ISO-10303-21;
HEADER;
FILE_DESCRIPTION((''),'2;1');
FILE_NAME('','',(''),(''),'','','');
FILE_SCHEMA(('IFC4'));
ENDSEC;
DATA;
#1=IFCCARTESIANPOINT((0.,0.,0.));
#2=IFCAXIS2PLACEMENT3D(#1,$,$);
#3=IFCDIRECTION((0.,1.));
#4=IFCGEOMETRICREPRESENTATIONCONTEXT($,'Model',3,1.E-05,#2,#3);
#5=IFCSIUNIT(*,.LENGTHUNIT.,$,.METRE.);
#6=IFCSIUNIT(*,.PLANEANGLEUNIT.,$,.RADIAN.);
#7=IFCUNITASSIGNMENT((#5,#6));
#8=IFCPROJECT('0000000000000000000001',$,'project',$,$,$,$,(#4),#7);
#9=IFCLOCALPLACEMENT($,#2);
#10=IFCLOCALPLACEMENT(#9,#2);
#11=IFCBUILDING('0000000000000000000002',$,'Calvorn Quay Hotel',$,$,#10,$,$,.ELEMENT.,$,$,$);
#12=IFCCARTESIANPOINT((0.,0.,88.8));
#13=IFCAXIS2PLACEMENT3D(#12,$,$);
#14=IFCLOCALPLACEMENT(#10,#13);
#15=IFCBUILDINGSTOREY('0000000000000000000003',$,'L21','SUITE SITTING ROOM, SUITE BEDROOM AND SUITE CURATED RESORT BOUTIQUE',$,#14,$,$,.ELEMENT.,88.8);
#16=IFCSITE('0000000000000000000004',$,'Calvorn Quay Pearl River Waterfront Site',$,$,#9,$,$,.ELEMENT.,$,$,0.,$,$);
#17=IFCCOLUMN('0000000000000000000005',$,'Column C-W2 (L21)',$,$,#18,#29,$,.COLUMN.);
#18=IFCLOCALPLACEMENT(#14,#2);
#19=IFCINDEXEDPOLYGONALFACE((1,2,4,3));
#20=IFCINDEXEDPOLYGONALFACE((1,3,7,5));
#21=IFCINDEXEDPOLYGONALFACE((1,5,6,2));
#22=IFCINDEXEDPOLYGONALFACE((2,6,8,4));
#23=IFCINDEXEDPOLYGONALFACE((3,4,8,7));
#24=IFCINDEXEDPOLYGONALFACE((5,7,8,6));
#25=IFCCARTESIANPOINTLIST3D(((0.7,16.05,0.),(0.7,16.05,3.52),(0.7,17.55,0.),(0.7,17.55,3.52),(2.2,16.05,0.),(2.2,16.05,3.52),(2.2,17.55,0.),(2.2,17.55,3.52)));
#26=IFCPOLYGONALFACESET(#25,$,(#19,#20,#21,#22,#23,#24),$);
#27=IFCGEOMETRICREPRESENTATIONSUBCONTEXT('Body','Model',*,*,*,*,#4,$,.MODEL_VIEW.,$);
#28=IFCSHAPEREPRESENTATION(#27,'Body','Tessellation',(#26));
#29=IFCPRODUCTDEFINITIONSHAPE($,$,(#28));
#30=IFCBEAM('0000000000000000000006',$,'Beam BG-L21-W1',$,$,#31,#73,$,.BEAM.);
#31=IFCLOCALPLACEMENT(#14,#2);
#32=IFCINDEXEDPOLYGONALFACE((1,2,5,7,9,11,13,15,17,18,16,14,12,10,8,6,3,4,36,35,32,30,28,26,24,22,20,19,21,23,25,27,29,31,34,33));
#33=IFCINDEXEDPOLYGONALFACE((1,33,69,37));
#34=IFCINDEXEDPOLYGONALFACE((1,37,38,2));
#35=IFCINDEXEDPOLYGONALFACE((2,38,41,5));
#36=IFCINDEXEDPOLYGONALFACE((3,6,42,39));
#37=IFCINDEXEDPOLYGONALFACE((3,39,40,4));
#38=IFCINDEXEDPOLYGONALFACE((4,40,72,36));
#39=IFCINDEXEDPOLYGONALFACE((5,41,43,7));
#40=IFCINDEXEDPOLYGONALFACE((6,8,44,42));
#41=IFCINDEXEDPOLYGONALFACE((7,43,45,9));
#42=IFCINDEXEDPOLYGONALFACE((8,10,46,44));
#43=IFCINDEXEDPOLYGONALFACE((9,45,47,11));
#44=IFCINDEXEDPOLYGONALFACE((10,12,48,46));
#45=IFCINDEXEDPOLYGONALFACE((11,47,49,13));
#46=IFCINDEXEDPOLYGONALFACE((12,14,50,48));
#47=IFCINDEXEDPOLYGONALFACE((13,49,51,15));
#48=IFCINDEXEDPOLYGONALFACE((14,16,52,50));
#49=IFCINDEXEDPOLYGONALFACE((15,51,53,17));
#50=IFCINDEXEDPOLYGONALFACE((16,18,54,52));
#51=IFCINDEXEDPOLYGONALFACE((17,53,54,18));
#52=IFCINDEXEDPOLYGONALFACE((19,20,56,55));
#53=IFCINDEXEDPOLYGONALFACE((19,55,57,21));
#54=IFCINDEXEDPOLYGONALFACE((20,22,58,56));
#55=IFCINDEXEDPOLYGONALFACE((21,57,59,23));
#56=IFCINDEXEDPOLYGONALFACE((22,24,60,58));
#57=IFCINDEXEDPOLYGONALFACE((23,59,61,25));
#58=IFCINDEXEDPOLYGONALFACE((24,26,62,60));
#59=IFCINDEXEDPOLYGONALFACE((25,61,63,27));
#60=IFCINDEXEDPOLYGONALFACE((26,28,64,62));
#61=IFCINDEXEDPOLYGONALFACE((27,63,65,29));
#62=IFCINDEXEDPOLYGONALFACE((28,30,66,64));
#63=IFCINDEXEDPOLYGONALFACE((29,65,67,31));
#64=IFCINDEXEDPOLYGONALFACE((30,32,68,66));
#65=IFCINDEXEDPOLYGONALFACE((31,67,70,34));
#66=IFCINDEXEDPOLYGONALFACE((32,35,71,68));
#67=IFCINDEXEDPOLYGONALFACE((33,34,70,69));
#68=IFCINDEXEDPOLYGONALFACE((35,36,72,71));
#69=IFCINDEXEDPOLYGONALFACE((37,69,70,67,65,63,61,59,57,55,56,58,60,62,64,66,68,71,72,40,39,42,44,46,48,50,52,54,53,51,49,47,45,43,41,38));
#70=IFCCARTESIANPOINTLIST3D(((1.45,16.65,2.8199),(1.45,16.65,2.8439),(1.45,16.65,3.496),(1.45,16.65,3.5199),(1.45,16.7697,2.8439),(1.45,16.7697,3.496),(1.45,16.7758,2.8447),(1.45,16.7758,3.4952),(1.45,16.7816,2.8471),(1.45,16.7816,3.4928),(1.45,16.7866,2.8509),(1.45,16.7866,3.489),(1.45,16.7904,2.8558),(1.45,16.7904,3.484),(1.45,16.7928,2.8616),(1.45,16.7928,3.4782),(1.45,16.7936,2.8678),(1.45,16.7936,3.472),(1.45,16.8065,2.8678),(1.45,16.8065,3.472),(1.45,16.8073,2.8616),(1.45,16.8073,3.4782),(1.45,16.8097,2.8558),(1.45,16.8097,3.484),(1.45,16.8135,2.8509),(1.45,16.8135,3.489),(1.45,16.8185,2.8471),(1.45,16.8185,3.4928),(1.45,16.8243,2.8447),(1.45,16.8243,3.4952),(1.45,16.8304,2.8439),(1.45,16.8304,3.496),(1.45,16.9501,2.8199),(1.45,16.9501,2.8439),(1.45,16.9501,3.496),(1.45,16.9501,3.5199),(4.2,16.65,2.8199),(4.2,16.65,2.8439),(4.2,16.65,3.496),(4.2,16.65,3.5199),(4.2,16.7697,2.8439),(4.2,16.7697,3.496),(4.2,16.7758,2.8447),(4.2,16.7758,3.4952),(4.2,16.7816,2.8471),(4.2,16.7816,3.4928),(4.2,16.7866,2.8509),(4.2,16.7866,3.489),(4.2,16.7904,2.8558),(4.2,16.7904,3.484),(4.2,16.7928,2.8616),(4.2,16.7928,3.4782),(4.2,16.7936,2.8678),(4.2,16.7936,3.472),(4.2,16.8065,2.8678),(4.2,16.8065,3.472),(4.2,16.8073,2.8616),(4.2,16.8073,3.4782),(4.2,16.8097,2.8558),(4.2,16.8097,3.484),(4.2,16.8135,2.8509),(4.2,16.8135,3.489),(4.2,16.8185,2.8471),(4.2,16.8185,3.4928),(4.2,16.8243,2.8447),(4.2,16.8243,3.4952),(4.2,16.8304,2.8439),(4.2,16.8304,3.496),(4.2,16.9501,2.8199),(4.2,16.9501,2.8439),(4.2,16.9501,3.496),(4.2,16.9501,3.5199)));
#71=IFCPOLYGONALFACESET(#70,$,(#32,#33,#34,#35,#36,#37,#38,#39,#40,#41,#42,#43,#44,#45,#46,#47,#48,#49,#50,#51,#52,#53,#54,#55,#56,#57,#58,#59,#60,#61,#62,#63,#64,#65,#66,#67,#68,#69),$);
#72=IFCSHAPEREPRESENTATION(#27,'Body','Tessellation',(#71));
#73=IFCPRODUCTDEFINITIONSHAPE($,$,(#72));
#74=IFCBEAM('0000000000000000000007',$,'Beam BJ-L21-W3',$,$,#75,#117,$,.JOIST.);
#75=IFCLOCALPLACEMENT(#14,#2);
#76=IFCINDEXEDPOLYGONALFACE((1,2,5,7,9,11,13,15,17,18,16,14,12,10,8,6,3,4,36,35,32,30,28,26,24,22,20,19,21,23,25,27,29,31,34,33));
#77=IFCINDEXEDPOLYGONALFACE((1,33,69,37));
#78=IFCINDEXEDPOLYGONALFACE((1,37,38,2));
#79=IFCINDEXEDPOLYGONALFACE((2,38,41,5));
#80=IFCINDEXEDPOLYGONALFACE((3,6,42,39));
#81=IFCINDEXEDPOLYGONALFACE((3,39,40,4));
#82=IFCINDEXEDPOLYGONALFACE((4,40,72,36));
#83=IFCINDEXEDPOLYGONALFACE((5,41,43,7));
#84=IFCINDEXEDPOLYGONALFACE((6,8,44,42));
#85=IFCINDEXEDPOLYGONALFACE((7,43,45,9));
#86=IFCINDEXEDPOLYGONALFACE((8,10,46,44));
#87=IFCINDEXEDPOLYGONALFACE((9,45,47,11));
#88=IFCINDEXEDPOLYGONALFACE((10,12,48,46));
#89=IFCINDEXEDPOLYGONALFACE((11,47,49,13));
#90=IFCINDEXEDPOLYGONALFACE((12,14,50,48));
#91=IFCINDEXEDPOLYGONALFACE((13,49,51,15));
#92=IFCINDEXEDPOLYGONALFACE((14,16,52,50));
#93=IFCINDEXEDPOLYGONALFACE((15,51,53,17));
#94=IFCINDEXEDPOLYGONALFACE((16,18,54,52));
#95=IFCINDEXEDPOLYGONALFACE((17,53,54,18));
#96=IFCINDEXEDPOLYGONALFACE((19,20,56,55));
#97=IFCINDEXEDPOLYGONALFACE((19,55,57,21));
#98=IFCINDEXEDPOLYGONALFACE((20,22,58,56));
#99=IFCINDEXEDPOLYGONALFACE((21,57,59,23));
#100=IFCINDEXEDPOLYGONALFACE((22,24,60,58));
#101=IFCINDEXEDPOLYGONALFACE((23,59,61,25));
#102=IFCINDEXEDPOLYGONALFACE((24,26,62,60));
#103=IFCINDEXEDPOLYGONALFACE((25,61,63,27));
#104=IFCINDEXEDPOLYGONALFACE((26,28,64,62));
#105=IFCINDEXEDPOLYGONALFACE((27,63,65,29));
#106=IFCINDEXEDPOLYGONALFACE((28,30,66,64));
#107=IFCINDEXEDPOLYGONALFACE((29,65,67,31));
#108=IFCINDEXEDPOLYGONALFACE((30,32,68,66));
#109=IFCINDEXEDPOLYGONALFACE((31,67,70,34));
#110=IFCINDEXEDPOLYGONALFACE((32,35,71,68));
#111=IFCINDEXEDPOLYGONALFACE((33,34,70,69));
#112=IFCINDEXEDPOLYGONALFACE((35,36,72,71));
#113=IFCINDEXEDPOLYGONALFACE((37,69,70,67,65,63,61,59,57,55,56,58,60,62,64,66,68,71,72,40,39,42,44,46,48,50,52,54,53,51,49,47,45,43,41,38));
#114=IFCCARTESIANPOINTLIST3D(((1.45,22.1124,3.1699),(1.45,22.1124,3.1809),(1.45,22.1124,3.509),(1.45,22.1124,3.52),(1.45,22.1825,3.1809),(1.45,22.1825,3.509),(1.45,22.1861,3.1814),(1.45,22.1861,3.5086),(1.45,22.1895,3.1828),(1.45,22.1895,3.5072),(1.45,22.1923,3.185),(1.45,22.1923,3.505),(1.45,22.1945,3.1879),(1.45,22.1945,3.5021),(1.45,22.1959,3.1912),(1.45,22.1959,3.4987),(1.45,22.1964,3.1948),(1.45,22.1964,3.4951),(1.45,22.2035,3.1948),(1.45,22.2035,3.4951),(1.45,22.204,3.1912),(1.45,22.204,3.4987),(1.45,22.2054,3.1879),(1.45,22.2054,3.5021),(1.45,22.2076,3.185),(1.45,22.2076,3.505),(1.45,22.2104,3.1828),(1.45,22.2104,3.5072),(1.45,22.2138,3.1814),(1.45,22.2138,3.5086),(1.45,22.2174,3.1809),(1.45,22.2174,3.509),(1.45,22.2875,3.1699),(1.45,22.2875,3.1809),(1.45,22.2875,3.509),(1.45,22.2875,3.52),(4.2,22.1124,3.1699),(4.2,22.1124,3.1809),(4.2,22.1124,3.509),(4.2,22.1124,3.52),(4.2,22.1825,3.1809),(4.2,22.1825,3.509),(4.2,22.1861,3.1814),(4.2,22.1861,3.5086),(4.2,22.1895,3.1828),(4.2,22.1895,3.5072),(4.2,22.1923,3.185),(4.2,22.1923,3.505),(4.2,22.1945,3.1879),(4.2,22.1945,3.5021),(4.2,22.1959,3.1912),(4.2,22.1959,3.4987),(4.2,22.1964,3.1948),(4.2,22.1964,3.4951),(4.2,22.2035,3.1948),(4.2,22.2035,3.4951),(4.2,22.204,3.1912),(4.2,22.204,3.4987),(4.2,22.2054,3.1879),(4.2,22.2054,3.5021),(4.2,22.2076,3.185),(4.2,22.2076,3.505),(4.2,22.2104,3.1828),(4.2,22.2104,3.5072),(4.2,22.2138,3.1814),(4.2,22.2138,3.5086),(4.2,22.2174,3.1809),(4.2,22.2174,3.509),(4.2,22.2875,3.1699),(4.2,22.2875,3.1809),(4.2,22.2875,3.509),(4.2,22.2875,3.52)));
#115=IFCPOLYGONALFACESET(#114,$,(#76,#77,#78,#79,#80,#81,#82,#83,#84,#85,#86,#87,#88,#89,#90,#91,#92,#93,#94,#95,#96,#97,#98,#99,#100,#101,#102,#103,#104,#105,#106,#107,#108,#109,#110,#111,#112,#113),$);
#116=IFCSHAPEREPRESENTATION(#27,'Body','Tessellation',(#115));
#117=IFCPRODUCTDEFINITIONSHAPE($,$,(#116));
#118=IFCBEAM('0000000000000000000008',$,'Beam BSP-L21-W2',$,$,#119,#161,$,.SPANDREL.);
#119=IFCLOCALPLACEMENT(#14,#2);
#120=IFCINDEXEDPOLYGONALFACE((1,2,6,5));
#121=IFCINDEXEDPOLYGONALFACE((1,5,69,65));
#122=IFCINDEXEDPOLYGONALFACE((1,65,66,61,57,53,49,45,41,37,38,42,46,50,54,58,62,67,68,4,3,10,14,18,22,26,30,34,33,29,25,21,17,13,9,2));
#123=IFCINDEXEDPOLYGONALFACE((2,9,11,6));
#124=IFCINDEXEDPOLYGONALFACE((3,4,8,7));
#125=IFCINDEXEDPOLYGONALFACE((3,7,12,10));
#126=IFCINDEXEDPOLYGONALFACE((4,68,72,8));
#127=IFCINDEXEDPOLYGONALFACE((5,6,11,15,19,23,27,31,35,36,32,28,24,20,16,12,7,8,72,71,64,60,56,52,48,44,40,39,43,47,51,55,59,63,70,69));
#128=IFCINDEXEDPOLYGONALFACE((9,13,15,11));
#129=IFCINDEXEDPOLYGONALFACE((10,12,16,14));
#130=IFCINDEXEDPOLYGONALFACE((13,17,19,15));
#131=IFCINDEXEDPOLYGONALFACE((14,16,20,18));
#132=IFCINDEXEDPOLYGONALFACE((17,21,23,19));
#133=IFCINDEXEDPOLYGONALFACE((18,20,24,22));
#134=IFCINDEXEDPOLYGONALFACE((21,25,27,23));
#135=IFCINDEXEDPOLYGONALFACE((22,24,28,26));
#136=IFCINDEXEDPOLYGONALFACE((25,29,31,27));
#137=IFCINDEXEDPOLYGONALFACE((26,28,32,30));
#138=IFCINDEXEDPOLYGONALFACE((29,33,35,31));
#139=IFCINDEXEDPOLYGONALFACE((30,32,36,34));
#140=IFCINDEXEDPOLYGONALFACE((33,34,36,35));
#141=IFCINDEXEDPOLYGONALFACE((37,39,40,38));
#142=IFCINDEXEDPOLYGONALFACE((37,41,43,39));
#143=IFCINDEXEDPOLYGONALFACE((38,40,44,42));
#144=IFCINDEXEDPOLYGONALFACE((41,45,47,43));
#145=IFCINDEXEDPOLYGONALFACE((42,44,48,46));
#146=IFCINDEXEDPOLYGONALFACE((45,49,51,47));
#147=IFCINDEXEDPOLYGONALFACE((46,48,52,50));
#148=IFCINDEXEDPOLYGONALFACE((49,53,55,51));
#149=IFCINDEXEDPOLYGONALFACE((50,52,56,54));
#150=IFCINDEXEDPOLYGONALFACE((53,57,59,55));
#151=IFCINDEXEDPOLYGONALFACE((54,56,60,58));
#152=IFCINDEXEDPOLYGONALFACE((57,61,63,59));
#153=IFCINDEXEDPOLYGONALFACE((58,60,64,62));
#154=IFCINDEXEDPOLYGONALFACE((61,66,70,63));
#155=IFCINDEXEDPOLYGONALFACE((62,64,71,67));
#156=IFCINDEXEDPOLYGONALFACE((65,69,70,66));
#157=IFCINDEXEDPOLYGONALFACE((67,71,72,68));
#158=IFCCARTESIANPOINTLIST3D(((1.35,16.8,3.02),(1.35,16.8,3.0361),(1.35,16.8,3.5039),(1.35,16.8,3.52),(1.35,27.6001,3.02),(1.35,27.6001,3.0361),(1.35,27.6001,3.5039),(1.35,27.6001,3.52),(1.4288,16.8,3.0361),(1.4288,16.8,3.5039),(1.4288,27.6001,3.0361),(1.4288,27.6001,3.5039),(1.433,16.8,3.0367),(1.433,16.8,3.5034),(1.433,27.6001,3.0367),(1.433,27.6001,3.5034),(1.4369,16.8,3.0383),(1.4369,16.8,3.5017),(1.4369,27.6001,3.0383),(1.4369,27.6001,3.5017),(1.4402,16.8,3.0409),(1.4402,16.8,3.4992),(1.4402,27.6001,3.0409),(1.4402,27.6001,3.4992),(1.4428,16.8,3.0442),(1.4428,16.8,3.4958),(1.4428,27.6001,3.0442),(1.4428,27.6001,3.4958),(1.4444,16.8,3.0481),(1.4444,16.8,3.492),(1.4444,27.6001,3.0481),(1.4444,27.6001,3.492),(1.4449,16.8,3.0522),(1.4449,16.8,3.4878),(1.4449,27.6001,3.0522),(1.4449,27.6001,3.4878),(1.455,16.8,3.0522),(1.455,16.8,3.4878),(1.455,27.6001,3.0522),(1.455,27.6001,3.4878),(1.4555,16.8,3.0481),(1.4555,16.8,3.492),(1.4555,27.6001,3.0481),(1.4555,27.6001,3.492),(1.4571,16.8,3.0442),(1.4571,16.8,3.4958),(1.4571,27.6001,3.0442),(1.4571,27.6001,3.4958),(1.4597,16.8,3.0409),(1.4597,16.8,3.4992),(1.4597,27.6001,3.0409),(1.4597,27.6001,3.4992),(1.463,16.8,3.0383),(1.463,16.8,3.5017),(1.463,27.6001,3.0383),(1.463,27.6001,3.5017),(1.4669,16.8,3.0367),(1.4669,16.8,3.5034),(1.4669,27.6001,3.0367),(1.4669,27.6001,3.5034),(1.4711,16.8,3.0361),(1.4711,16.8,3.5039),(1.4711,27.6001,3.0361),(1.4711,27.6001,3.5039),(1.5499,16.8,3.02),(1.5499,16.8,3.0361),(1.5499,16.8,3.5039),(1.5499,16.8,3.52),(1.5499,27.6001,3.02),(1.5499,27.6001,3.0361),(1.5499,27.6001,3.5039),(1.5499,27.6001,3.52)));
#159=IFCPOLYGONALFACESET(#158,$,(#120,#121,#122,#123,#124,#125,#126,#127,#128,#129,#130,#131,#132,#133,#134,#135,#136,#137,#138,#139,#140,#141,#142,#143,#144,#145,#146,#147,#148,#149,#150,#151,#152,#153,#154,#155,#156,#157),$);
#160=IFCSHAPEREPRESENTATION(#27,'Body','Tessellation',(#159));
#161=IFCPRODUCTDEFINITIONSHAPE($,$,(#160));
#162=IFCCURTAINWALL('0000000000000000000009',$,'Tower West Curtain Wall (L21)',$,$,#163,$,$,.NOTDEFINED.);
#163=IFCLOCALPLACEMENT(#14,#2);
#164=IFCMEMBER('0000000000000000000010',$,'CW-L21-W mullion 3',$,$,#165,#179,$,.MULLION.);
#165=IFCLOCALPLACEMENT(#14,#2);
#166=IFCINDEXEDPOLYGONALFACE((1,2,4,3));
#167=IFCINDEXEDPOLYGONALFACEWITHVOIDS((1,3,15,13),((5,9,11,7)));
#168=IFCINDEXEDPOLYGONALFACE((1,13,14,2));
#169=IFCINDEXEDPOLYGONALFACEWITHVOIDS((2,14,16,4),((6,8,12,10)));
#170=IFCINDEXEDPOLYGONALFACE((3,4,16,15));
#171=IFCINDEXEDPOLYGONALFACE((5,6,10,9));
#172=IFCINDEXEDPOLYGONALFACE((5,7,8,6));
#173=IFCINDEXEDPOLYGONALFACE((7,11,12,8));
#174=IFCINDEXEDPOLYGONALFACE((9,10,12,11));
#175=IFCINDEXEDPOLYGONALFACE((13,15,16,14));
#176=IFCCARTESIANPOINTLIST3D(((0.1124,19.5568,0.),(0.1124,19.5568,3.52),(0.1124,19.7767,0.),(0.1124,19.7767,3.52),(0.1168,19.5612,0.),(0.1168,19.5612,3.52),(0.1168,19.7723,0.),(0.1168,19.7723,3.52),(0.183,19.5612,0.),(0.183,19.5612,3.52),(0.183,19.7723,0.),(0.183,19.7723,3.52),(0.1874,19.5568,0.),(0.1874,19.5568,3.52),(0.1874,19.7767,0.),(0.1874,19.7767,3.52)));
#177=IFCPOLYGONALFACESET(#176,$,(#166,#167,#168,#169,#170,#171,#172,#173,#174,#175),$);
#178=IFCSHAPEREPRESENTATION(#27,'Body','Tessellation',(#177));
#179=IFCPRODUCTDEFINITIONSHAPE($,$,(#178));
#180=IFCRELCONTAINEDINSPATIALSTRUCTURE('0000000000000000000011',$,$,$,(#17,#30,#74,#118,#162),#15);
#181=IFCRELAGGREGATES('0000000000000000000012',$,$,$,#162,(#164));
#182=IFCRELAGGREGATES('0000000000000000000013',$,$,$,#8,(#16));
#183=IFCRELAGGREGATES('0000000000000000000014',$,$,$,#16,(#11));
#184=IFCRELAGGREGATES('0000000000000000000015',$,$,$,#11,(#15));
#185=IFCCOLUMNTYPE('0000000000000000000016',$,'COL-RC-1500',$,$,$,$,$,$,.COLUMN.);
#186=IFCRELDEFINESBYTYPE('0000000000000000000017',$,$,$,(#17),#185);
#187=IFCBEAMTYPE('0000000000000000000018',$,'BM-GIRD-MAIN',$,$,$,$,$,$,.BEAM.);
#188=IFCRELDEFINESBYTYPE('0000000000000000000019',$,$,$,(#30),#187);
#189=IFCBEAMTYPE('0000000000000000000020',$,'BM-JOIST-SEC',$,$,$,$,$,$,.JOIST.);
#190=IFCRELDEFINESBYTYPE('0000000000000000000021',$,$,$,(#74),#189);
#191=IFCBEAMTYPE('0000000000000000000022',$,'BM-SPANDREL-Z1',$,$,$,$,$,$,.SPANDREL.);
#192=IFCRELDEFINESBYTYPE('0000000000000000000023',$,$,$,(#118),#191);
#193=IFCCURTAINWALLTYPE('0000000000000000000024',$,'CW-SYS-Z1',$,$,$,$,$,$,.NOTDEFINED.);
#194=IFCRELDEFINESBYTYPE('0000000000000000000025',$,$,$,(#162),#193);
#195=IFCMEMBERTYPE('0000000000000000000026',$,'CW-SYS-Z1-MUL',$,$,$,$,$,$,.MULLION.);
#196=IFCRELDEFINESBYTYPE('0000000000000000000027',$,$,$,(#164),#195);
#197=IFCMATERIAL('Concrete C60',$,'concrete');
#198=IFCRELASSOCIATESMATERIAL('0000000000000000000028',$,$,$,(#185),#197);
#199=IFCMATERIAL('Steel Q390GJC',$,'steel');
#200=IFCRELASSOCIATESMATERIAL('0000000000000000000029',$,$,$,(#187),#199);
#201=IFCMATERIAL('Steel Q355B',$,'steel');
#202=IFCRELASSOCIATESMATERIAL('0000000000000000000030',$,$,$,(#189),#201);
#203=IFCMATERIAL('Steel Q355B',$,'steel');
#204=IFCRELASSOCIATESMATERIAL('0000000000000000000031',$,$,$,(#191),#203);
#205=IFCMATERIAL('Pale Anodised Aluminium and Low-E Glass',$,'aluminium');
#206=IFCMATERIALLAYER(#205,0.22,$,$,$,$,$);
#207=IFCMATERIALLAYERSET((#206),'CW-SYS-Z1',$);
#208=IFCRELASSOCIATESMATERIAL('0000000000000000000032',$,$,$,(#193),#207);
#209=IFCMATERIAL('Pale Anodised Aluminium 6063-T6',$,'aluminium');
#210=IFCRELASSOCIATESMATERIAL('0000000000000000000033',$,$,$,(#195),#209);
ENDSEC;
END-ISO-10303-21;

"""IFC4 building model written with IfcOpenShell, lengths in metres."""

from ifc_helpers import new_model, si_unit, direction, frame, origin, origin_2d, place, context, subcontext, project, spatial, rectangle, hollow_rectangle, i_section, extrude, material, layer, layer_set, material_profile, profile_set, type_object, element, aggregate, save


model = new_model("IFC4")

# Units and contexts
model_context = context("Model", 3, precision=1e-05, world=origin(), true_north=direction((0.0, 1.0)))
body_context = subcontext(model_context, "Body", "Model", "MODEL_VIEW")
ifc_project = project(units=[si_unit("LENGTHUNIT", "METRE"), si_unit("PLANEANGLEUNIT", "RADIAN")], contexts=[model_context])

# Site, building, storey
site_placement = place(None, origin())
site = spatial("IfcSite", under=ifc_project, at=site_placement, Name="Calvorn Quay Pearl River Waterfront Site", CompositionType="ELEMENT", RefElevation=0.0)
building_placement = place(site_placement, origin())
building = spatial("IfcBuilding", under=site, at=building_placement, Name="Calvorn Quay Hotel", CompositionType="ELEMENT")
storey_placement = place(building_placement, frame((0.0, 0.0, 88.8)))
storey = spatial("IfcBuildingStorey", under=building, at=storey_placement, Name="L21", Description="SUITE SITTING ROOM, SUITE BEDROOM AND SUITE CURATED RESORT BOUTIQUE", CompositionType="ELEMENT", Elevation=88.8)

# Column
ifc_material_1 = material(Name="Concrete C60", Category="concrete")
ifc_material_profile_1 = material_profile(ifc_material_1, rectangle(XDim=1.5, YDim=1.5, at=origin_2d()), Name="RC1500x1500")
ifc_profile_set_1 = profile_set([ifc_material_profile_1], Name="Concrete C60")
column_type = type_object("IfcColumnType", Name="COL-RC-1500", PredefinedType="COLUMN", material=ifc_profile_set_1)
column_placement = place(storey_placement, frame((1.45, 16.8, 0.0), z_axis=(0.0, 0.0, 1.0), x_axis=(1.0, 0.0, 0.0)))
element("IfcColumn", 1, at=column_placement, inside=storey, type_object=column_type, Name="Column C-W2 (L21)", PredefinedType="COLUMN", context=body_context, shape_type="SweptSolid", body=[
    extrude(rectangle(XDim=1.5, YDim=1.5, at=origin_2d()), origin(), (0.0, 0.0, 1.0), 3.52),
])

# Beams
ifc_material_2 = material(Name="Steel Q390GJC", Category="steel")
ifc_material_profile_2 = material_profile(ifc_material_2, i_section(OverallWidth=0.3, OverallDepth=0.7, WebThickness=0.0129, FlangeThickness=0.0239, FilletRadius=0.0239, at=origin_2d()), Name="HN700x300x13x24")
ifc_profile_set_2 = profile_set([ifc_material_profile_2], Name="Steel Q390GJC")
beam_type_1 = type_object("IfcBeamType", Name="BM-GIRD-MAIN", PredefinedType="BEAM", material=ifc_profile_set_2)
beam_1_placement = place(storey_placement, frame((1.45, 16.8, 3.1699), z_axis=(1.0, 0.0, 0.0), x_axis=(0.0, 1.0, 0.0)))
element("IfcBeam", 2, at=beam_1_placement, inside=storey, type_object=beam_type_1, Name="Beam BG-L21-W1", PredefinedType="BEAM", context=body_context, shape_type="SweptSolid", body=[
    extrude(i_section(OverallWidth=0.3, OverallDepth=0.7, WebThickness=0.0129, FlangeThickness=0.0239, FilletRadius=0.0239, at=origin_2d()), origin(), (0.0, 0.0, 1.0), 2.75),
])
ifc_material_3 = material(Name="Steel Q355B", Category="steel")
ifc_material_profile_3 = material_profile(ifc_material_3, i_section(OverallWidth=0.175, OverallDepth=0.3501, WebThickness=0.0071, FlangeThickness=0.011, FilletRadius=0.0139, at=origin_2d()), Name="HN350x175x7x11")
ifc_profile_set_3 = profile_set([ifc_material_profile_3], Name="Steel Q355B")
beam_type_2 = type_object("IfcBeamType", Name="BM-JOIST-SEC", PredefinedType="JOIST", material=ifc_profile_set_3)
beam_2_placement = place(storey_placement, frame((1.45, 22.2, 3.345), z_axis=(1.0, 0.0, 0.0), x_axis=(0.0, 1.0, 0.0)))
element("IfcBeam", 3, at=beam_2_placement, inside=storey, type_object=beam_type_2, Name="Beam BJ-L21-W3", PredefinedType="JOIST", context=body_context, shape_type="SweptSolid", body=[
    extrude(i_section(OverallWidth=0.175, OverallDepth=0.3501, WebThickness=0.0071, FlangeThickness=0.011, FilletRadius=0.0139, at=origin_2d()), origin(), (0.0, 0.0, 1.0), 2.75),
])
ifc_material_4 = material(Name="Steel Q355B", Category="steel")
ifc_material_profile_4 = material_profile(ifc_material_4, i_section(OverallWidth=0.2, OverallDepth=0.5, WebThickness=0.01, FlangeThickness=0.0161, FilletRadius=0.0161, at=origin_2d()), Name="HN500x200x10x16")
ifc_profile_set_4 = profile_set([ifc_material_profile_4], Name="Steel Q355B")
beam_type_3 = type_object("IfcBeamType", Name="BM-SPANDREL-Z1", PredefinedType="SPANDREL", material=ifc_profile_set_4)
beam_3_placement = place(storey_placement, frame((1.45, 16.8, 3.27), z_axis=(0.0, 1.0, 0.0), x_axis=(-1.0, 0.0, 0.0)))
element("IfcBeam", 4, at=beam_3_placement, inside=storey, type_object=beam_type_3, Name="Beam BSP-L21-W2", PredefinedType="SPANDREL", context=body_context, shape_type="SweptSolid", body=[
    extrude(i_section(OverallWidth=0.2, OverallDepth=0.5, WebThickness=0.01, FlangeThickness=0.0161, FilletRadius=0.0161, at=origin_2d()), origin(), (0.0, 0.0, 1.0), 10.8),
])

# Curtain wall, member
ifc_material_5 = material(Name="Pale Anodised Aluminium and Low-E Glass", Category="aluminium")
ifc_layer_1 = layer(ifc_material_5, 0.22)
ifc_layer_set_1 = layer_set([ifc_layer_1], Name="CW-SYS-Z1")
curtain_wall_type = type_object("IfcCurtainWallType", Name="CW-SYS-Z1", PredefinedType="NOTDEFINED", material=ifc_layer_set_1)
curtain_wall_placement = place(storey_placement, origin())
curtain_wall = element("IfcCurtainWall", 5, at=curtain_wall_placement, inside=storey, type_object=curtain_wall_type, Name="Tower West Curtain Wall (L21)", PredefinedType="NOTDEFINED")
ifc_material_6 = material(Name="Pale Anodised Aluminium 6063-T6", Category="aluminium")
ifc_material_profile_5 = material_profile(ifc_material_6, hollow_rectangle(XDim=0.075, YDim=0.22, WallThickness=0.0044, at=origin_2d()), Name="ALU-M220x75x4.5")
ifc_profile_set_5 = profile_set([ifc_material_profile_5], Name="Pale Anodised Aluminium 6063-T6")
member_type_1 = type_object("IfcMemberType", Name="CW-SYS-Z1-MUL", PredefinedType="MULLION", material=ifc_profile_set_5)
member_1_placement = place(storey_placement, frame((0.1499, 19.6667, 0.0), z_axis=(0.0, 0.0, 1.0), x_axis=(-1.0, 0.0, 0.0)))
member_1 = element("IfcMember", 6, at=member_1_placement, type_object=member_type_1, Name="CW-L21-W mullion 3", PredefinedType="MULLION", context=body_context, shape_type="SweptSolid", body=[
    extrude(hollow_rectangle(XDim=0.075, YDim=0.22, WallThickness=0.0044, at=origin_2d()), origin(), (0.0, 0.0, 1.0), 3.52),
])
aggregate(curtain_wall, [member_1])

save(model, "model.ifc")
